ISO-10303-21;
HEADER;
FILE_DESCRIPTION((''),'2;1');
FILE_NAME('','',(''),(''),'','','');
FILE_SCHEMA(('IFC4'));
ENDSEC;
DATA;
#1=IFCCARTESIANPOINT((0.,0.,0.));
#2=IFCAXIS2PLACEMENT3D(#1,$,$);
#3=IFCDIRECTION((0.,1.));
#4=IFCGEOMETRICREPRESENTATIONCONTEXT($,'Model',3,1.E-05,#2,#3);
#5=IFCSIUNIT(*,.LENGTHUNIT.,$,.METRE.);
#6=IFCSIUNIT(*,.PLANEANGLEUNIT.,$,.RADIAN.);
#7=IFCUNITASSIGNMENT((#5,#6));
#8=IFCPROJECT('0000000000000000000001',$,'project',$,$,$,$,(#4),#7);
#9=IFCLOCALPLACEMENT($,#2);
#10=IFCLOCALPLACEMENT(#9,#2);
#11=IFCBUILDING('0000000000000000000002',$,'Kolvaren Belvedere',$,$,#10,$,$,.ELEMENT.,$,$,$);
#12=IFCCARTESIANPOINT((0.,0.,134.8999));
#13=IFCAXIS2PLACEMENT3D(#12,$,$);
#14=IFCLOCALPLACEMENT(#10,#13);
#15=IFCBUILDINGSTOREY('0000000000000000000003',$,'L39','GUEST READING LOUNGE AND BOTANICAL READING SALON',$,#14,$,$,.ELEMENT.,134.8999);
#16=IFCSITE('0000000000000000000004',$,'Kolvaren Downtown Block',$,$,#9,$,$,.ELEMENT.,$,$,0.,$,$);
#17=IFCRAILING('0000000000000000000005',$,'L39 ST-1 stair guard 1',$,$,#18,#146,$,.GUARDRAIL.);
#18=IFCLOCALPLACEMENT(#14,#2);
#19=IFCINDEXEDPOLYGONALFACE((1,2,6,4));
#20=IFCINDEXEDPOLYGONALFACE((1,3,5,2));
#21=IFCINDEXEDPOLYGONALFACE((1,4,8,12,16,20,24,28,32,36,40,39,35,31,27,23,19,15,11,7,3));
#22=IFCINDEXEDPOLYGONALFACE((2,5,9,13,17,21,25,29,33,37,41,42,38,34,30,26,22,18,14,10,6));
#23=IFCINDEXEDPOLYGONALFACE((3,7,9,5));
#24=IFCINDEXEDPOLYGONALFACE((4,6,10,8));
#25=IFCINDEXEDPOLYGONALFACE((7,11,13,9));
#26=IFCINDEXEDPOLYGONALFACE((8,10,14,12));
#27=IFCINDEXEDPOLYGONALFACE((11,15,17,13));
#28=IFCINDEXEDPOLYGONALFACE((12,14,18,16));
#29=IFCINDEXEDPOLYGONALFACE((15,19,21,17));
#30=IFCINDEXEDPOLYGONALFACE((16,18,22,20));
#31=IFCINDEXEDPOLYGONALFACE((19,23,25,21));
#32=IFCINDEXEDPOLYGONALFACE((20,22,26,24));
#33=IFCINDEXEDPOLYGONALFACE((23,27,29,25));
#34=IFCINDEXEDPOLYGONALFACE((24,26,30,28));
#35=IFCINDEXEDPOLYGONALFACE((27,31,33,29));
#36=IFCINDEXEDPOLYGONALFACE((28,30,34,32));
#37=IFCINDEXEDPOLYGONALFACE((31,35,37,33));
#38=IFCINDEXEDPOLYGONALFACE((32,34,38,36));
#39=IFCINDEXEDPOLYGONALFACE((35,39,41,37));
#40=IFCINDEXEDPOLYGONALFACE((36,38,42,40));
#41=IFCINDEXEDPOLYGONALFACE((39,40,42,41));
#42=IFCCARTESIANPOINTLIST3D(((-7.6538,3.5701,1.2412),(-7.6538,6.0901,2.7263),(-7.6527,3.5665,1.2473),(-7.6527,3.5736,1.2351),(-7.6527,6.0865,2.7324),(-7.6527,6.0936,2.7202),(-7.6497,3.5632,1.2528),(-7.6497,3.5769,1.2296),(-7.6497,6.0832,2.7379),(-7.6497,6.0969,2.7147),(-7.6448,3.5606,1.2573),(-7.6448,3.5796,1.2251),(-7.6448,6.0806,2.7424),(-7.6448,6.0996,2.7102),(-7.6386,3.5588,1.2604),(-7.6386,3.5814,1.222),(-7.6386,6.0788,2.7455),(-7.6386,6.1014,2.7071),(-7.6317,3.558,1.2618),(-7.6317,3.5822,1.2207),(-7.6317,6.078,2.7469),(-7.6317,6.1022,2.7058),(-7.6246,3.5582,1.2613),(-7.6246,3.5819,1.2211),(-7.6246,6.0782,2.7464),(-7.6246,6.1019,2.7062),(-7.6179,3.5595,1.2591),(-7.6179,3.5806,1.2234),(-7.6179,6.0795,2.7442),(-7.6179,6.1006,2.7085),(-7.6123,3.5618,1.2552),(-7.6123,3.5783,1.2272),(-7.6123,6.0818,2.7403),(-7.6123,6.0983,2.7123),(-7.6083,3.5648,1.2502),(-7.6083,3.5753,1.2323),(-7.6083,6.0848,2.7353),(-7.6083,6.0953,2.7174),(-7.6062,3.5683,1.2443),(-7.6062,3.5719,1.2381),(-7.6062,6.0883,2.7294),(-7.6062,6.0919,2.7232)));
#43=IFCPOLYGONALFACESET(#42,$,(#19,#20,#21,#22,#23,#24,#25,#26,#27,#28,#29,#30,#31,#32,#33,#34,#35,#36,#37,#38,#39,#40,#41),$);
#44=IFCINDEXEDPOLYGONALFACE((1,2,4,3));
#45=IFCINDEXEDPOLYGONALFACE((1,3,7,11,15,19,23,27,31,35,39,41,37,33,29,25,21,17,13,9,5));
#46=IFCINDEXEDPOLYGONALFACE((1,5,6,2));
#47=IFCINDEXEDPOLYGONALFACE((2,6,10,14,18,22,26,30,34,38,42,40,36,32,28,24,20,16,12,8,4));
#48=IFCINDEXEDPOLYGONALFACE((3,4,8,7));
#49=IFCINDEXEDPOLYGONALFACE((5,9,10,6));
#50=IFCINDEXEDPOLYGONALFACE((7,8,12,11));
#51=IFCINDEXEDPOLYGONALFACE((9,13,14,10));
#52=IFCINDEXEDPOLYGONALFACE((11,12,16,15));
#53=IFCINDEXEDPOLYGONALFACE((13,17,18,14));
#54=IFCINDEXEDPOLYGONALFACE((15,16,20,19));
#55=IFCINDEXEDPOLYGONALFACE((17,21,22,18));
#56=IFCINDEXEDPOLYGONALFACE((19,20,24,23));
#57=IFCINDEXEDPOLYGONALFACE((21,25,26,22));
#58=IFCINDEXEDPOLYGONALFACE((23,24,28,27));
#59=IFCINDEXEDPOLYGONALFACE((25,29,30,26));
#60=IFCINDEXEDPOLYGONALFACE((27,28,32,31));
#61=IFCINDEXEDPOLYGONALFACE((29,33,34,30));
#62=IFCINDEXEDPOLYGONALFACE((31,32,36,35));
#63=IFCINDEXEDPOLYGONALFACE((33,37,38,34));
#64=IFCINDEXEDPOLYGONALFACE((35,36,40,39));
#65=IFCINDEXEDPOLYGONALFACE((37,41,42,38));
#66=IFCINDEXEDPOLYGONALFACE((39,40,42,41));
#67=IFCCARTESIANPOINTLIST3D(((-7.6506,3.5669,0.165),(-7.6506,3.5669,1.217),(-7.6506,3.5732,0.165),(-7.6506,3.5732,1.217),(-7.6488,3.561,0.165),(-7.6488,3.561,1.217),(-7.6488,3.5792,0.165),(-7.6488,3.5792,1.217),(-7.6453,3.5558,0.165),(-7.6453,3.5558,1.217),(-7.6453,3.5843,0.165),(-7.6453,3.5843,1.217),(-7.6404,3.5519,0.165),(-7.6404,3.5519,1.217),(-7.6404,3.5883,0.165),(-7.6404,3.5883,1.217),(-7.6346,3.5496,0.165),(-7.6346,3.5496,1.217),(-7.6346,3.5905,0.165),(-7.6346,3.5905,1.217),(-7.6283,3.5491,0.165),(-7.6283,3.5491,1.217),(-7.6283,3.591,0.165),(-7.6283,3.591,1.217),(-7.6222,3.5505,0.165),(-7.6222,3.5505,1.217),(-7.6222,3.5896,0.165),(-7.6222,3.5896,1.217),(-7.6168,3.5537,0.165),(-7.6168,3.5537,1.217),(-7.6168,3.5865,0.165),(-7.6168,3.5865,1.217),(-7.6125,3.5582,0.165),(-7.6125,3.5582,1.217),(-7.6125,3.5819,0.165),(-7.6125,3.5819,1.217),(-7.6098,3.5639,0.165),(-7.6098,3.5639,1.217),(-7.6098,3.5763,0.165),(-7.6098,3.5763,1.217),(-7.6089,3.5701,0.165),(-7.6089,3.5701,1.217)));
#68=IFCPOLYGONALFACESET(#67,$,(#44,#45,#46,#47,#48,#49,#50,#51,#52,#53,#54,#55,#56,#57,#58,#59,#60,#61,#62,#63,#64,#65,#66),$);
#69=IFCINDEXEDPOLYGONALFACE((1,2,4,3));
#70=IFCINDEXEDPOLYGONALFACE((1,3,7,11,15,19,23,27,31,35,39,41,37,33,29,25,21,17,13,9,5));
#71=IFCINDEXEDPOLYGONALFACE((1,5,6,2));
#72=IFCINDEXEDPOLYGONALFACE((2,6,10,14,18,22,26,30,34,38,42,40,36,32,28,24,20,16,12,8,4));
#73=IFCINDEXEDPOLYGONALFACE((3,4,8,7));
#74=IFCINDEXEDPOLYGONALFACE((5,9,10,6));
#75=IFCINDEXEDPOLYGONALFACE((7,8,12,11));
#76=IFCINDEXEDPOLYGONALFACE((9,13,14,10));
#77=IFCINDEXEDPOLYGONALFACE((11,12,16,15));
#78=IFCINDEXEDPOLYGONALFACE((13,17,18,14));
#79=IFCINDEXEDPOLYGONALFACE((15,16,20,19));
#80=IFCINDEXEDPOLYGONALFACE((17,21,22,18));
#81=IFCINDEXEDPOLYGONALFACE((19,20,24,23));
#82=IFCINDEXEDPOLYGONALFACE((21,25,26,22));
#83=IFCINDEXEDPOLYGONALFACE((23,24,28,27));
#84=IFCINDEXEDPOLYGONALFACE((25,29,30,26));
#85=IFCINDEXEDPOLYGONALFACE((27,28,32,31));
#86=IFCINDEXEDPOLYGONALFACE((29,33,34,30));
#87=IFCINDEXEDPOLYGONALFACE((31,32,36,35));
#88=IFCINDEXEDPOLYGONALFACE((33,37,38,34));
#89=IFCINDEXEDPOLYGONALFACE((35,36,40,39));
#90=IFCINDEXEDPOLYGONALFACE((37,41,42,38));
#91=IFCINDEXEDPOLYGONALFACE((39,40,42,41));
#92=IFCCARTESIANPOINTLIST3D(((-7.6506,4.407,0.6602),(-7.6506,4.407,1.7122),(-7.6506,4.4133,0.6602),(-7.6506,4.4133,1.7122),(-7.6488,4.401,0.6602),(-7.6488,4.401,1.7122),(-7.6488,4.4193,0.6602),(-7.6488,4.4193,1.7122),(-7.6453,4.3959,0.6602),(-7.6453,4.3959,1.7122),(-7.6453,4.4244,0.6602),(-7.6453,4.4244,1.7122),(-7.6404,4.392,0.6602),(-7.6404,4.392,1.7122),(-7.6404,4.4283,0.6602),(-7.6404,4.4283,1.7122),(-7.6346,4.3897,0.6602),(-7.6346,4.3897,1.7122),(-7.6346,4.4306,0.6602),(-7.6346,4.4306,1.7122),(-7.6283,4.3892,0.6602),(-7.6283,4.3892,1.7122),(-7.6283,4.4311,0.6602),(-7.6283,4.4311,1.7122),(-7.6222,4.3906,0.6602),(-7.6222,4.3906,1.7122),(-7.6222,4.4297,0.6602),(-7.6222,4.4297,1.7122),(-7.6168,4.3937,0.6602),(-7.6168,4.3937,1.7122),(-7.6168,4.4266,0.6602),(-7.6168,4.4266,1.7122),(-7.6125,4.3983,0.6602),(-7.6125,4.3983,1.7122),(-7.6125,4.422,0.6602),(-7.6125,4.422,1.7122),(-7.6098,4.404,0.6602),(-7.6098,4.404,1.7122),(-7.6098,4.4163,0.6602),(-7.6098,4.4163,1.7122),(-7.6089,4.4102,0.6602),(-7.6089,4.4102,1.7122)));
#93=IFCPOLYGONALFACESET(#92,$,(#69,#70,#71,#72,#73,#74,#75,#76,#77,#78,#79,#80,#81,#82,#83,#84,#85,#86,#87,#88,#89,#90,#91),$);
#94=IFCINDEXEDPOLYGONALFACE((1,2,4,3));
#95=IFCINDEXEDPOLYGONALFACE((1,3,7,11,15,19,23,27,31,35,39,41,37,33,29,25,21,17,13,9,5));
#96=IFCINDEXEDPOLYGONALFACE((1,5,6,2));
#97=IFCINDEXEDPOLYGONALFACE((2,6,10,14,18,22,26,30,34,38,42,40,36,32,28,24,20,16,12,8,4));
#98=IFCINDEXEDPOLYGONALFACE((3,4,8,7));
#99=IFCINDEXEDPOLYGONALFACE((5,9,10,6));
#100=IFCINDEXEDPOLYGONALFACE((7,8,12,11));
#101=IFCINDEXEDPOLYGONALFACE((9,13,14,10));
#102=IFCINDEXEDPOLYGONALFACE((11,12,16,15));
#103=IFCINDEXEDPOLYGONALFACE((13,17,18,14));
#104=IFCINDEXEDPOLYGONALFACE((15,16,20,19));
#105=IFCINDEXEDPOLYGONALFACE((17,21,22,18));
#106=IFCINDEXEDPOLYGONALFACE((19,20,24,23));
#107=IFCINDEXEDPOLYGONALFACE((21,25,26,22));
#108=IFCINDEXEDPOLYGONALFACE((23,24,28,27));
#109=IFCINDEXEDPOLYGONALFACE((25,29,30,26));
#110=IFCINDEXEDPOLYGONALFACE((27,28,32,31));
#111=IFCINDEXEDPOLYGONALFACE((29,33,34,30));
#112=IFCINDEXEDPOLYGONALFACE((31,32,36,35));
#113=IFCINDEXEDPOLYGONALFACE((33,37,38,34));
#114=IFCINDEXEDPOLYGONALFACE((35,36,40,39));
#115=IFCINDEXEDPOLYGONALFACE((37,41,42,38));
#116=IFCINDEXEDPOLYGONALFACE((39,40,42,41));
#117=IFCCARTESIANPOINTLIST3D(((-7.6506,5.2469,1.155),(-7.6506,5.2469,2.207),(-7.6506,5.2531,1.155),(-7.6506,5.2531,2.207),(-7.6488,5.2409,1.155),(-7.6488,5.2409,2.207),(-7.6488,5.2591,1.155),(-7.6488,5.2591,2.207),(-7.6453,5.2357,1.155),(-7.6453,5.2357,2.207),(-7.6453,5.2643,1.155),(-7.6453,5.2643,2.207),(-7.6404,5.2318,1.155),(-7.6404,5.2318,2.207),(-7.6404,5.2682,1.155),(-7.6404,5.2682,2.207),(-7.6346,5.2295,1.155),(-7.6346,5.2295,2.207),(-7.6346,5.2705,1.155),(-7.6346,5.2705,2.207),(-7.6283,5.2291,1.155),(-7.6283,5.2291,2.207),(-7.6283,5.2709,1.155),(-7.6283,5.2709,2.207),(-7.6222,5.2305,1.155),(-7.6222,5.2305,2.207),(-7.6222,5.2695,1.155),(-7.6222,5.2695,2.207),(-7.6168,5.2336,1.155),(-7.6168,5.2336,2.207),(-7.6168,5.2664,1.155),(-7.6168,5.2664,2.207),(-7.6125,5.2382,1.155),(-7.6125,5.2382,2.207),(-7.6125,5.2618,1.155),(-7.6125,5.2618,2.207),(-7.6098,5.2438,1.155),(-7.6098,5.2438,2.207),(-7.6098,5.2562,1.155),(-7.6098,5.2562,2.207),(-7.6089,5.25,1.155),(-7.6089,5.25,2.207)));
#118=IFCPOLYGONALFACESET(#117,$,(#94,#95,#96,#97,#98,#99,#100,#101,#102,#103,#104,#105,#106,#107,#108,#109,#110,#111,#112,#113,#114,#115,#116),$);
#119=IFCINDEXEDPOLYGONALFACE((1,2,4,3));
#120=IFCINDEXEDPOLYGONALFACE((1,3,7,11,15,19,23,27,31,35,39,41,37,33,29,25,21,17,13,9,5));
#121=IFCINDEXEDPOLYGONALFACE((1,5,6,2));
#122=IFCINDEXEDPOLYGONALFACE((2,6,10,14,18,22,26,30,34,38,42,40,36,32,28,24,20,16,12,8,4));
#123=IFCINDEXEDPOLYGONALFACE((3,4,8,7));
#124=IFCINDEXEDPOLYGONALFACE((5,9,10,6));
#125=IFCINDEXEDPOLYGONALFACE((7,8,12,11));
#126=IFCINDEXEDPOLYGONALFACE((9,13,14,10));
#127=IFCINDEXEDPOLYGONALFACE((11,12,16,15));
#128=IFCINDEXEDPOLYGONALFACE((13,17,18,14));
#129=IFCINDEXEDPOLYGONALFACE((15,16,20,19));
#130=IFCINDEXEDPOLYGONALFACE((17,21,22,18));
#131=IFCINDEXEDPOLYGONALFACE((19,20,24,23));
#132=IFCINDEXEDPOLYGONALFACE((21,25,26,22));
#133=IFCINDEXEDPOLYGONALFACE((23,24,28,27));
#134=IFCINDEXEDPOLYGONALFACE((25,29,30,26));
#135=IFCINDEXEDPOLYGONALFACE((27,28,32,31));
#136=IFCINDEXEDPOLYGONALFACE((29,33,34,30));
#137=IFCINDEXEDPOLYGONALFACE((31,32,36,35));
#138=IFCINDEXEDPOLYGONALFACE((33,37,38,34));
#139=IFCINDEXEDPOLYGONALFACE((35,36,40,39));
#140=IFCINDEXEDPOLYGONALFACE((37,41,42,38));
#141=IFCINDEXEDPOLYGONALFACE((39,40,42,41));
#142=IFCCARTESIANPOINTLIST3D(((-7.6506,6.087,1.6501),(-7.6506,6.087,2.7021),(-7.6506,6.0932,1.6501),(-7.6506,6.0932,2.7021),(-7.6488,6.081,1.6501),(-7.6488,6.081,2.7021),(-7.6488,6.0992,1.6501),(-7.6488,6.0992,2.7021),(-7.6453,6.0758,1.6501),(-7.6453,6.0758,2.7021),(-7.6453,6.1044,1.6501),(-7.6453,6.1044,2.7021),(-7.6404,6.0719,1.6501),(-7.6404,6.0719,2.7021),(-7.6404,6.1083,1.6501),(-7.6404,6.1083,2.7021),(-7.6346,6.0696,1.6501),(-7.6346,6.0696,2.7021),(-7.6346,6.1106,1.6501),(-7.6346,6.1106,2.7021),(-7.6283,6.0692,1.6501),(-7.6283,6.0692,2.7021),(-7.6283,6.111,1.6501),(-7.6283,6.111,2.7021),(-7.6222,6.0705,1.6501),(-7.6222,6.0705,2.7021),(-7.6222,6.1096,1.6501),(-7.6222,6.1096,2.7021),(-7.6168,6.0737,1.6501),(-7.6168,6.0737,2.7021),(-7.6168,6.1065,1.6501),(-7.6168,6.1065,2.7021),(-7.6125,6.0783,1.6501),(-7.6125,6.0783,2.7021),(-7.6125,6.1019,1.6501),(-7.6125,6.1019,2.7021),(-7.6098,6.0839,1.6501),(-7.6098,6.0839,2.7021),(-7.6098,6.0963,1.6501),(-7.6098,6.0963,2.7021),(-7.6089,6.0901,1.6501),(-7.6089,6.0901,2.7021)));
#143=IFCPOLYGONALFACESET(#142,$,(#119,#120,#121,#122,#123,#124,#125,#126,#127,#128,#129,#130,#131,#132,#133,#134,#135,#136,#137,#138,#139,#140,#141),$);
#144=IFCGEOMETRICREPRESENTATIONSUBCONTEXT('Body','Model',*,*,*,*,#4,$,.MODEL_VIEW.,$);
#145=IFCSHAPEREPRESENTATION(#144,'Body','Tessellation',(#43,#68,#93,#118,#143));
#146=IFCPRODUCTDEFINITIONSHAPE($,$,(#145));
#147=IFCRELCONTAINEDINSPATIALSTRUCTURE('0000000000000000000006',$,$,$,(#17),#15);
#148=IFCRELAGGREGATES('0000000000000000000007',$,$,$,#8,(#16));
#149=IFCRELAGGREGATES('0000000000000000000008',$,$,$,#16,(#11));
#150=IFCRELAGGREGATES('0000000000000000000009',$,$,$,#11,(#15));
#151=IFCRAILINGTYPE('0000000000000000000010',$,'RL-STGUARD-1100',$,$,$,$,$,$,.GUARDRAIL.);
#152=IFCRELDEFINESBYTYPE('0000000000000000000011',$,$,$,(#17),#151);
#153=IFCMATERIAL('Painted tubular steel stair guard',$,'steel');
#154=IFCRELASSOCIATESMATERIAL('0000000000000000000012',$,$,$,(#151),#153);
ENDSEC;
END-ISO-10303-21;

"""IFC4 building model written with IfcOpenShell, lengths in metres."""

from ifc_helpers import new_model, si_unit, direction, frame, origin, origin_2d, place, context, subcontext, project, spatial, circle, extrude, material, type_object, element, save


model = new_model("IFC4")

# Units and contexts
model_context = context("Model", 3, precision=1e-05, world=origin(), true_north=direction((0.0, 1.0)))
body_context = subcontext(model_context, "Body", "Model", "MODEL_VIEW")
ifc_project = project(units=[si_unit("LENGTHUNIT", "METRE"), si_unit("PLANEANGLEUNIT", "RADIAN")], contexts=[model_context])

# Site, building, storey
site_placement = place(None, origin())
site = spatial("IfcSite", under=ifc_project, at=site_placement, Name="Kolvaren Downtown Block", CompositionType="ELEMENT", RefElevation=0.0)
building_placement = place(site_placement, origin())
building = spatial("IfcBuilding", under=site, at=building_placement, Name="Kolvaren Belvedere", CompositionType="ELEMENT")
storey_placement = place(building_placement, frame((0.0, 0.0, 134.8999)))
storey = spatial("IfcBuildingStorey", under=building, at=storey_placement, Name="L39", Description="GUEST READING LOUNGE AND BOTANICAL READING SALON", CompositionType="ELEMENT", Elevation=134.8999)

# Railing
ifc_material_1 = material(Name="Painted tubular steel stair guard", Category="steel")
railing_type_1 = type_object("IfcRailingType", Name="RL-STGUARD-1100", PredefinedType="GUARDRAIL", material=ifc_material_1)
railing_1_placement = place(storey_placement, frame((-7.6299, 3.5701, 0.165)))
element("IfcRailing", 1, at=railing_1_placement, inside=storey, type_object=railing_type_1, Name="L39 ST-1 stair guard 1", PredefinedType="GUARDRAIL", context=body_context, shape_type="SweptSolid", body=[
    extrude(circle(Radius=0.0239, at=origin_2d()), frame((0.0, 0.0, 1.0762), z_axis=(0.0, 0.861524, 0.507717), x_axis=(-1.0, 0.0, 0.0)), (0.0, 0.0, 1.0), 2.925),
    extrude(circle(Radius=0.021, at=origin_2d()), origin(), (0.0, 0.0, 1.0), 1.052),
    extrude(circle(Radius=0.021, at=origin_2d()), frame((0.0, 0.8401, 0.4951)), (0.0, 0.0, 1.0), 1.052),
    extrude(circle(Radius=0.021, at=origin_2d()), frame((0.0, 1.6799, 0.99)), (0.0, 0.0, 1.0), 1.052),
    extrude(circle(Radius=0.021, at=origin_2d()), frame((0.0, 2.52, 1.4851)), (0.0, 0.0, 1.0), 1.052),
])

save(model, "model.ifc")
